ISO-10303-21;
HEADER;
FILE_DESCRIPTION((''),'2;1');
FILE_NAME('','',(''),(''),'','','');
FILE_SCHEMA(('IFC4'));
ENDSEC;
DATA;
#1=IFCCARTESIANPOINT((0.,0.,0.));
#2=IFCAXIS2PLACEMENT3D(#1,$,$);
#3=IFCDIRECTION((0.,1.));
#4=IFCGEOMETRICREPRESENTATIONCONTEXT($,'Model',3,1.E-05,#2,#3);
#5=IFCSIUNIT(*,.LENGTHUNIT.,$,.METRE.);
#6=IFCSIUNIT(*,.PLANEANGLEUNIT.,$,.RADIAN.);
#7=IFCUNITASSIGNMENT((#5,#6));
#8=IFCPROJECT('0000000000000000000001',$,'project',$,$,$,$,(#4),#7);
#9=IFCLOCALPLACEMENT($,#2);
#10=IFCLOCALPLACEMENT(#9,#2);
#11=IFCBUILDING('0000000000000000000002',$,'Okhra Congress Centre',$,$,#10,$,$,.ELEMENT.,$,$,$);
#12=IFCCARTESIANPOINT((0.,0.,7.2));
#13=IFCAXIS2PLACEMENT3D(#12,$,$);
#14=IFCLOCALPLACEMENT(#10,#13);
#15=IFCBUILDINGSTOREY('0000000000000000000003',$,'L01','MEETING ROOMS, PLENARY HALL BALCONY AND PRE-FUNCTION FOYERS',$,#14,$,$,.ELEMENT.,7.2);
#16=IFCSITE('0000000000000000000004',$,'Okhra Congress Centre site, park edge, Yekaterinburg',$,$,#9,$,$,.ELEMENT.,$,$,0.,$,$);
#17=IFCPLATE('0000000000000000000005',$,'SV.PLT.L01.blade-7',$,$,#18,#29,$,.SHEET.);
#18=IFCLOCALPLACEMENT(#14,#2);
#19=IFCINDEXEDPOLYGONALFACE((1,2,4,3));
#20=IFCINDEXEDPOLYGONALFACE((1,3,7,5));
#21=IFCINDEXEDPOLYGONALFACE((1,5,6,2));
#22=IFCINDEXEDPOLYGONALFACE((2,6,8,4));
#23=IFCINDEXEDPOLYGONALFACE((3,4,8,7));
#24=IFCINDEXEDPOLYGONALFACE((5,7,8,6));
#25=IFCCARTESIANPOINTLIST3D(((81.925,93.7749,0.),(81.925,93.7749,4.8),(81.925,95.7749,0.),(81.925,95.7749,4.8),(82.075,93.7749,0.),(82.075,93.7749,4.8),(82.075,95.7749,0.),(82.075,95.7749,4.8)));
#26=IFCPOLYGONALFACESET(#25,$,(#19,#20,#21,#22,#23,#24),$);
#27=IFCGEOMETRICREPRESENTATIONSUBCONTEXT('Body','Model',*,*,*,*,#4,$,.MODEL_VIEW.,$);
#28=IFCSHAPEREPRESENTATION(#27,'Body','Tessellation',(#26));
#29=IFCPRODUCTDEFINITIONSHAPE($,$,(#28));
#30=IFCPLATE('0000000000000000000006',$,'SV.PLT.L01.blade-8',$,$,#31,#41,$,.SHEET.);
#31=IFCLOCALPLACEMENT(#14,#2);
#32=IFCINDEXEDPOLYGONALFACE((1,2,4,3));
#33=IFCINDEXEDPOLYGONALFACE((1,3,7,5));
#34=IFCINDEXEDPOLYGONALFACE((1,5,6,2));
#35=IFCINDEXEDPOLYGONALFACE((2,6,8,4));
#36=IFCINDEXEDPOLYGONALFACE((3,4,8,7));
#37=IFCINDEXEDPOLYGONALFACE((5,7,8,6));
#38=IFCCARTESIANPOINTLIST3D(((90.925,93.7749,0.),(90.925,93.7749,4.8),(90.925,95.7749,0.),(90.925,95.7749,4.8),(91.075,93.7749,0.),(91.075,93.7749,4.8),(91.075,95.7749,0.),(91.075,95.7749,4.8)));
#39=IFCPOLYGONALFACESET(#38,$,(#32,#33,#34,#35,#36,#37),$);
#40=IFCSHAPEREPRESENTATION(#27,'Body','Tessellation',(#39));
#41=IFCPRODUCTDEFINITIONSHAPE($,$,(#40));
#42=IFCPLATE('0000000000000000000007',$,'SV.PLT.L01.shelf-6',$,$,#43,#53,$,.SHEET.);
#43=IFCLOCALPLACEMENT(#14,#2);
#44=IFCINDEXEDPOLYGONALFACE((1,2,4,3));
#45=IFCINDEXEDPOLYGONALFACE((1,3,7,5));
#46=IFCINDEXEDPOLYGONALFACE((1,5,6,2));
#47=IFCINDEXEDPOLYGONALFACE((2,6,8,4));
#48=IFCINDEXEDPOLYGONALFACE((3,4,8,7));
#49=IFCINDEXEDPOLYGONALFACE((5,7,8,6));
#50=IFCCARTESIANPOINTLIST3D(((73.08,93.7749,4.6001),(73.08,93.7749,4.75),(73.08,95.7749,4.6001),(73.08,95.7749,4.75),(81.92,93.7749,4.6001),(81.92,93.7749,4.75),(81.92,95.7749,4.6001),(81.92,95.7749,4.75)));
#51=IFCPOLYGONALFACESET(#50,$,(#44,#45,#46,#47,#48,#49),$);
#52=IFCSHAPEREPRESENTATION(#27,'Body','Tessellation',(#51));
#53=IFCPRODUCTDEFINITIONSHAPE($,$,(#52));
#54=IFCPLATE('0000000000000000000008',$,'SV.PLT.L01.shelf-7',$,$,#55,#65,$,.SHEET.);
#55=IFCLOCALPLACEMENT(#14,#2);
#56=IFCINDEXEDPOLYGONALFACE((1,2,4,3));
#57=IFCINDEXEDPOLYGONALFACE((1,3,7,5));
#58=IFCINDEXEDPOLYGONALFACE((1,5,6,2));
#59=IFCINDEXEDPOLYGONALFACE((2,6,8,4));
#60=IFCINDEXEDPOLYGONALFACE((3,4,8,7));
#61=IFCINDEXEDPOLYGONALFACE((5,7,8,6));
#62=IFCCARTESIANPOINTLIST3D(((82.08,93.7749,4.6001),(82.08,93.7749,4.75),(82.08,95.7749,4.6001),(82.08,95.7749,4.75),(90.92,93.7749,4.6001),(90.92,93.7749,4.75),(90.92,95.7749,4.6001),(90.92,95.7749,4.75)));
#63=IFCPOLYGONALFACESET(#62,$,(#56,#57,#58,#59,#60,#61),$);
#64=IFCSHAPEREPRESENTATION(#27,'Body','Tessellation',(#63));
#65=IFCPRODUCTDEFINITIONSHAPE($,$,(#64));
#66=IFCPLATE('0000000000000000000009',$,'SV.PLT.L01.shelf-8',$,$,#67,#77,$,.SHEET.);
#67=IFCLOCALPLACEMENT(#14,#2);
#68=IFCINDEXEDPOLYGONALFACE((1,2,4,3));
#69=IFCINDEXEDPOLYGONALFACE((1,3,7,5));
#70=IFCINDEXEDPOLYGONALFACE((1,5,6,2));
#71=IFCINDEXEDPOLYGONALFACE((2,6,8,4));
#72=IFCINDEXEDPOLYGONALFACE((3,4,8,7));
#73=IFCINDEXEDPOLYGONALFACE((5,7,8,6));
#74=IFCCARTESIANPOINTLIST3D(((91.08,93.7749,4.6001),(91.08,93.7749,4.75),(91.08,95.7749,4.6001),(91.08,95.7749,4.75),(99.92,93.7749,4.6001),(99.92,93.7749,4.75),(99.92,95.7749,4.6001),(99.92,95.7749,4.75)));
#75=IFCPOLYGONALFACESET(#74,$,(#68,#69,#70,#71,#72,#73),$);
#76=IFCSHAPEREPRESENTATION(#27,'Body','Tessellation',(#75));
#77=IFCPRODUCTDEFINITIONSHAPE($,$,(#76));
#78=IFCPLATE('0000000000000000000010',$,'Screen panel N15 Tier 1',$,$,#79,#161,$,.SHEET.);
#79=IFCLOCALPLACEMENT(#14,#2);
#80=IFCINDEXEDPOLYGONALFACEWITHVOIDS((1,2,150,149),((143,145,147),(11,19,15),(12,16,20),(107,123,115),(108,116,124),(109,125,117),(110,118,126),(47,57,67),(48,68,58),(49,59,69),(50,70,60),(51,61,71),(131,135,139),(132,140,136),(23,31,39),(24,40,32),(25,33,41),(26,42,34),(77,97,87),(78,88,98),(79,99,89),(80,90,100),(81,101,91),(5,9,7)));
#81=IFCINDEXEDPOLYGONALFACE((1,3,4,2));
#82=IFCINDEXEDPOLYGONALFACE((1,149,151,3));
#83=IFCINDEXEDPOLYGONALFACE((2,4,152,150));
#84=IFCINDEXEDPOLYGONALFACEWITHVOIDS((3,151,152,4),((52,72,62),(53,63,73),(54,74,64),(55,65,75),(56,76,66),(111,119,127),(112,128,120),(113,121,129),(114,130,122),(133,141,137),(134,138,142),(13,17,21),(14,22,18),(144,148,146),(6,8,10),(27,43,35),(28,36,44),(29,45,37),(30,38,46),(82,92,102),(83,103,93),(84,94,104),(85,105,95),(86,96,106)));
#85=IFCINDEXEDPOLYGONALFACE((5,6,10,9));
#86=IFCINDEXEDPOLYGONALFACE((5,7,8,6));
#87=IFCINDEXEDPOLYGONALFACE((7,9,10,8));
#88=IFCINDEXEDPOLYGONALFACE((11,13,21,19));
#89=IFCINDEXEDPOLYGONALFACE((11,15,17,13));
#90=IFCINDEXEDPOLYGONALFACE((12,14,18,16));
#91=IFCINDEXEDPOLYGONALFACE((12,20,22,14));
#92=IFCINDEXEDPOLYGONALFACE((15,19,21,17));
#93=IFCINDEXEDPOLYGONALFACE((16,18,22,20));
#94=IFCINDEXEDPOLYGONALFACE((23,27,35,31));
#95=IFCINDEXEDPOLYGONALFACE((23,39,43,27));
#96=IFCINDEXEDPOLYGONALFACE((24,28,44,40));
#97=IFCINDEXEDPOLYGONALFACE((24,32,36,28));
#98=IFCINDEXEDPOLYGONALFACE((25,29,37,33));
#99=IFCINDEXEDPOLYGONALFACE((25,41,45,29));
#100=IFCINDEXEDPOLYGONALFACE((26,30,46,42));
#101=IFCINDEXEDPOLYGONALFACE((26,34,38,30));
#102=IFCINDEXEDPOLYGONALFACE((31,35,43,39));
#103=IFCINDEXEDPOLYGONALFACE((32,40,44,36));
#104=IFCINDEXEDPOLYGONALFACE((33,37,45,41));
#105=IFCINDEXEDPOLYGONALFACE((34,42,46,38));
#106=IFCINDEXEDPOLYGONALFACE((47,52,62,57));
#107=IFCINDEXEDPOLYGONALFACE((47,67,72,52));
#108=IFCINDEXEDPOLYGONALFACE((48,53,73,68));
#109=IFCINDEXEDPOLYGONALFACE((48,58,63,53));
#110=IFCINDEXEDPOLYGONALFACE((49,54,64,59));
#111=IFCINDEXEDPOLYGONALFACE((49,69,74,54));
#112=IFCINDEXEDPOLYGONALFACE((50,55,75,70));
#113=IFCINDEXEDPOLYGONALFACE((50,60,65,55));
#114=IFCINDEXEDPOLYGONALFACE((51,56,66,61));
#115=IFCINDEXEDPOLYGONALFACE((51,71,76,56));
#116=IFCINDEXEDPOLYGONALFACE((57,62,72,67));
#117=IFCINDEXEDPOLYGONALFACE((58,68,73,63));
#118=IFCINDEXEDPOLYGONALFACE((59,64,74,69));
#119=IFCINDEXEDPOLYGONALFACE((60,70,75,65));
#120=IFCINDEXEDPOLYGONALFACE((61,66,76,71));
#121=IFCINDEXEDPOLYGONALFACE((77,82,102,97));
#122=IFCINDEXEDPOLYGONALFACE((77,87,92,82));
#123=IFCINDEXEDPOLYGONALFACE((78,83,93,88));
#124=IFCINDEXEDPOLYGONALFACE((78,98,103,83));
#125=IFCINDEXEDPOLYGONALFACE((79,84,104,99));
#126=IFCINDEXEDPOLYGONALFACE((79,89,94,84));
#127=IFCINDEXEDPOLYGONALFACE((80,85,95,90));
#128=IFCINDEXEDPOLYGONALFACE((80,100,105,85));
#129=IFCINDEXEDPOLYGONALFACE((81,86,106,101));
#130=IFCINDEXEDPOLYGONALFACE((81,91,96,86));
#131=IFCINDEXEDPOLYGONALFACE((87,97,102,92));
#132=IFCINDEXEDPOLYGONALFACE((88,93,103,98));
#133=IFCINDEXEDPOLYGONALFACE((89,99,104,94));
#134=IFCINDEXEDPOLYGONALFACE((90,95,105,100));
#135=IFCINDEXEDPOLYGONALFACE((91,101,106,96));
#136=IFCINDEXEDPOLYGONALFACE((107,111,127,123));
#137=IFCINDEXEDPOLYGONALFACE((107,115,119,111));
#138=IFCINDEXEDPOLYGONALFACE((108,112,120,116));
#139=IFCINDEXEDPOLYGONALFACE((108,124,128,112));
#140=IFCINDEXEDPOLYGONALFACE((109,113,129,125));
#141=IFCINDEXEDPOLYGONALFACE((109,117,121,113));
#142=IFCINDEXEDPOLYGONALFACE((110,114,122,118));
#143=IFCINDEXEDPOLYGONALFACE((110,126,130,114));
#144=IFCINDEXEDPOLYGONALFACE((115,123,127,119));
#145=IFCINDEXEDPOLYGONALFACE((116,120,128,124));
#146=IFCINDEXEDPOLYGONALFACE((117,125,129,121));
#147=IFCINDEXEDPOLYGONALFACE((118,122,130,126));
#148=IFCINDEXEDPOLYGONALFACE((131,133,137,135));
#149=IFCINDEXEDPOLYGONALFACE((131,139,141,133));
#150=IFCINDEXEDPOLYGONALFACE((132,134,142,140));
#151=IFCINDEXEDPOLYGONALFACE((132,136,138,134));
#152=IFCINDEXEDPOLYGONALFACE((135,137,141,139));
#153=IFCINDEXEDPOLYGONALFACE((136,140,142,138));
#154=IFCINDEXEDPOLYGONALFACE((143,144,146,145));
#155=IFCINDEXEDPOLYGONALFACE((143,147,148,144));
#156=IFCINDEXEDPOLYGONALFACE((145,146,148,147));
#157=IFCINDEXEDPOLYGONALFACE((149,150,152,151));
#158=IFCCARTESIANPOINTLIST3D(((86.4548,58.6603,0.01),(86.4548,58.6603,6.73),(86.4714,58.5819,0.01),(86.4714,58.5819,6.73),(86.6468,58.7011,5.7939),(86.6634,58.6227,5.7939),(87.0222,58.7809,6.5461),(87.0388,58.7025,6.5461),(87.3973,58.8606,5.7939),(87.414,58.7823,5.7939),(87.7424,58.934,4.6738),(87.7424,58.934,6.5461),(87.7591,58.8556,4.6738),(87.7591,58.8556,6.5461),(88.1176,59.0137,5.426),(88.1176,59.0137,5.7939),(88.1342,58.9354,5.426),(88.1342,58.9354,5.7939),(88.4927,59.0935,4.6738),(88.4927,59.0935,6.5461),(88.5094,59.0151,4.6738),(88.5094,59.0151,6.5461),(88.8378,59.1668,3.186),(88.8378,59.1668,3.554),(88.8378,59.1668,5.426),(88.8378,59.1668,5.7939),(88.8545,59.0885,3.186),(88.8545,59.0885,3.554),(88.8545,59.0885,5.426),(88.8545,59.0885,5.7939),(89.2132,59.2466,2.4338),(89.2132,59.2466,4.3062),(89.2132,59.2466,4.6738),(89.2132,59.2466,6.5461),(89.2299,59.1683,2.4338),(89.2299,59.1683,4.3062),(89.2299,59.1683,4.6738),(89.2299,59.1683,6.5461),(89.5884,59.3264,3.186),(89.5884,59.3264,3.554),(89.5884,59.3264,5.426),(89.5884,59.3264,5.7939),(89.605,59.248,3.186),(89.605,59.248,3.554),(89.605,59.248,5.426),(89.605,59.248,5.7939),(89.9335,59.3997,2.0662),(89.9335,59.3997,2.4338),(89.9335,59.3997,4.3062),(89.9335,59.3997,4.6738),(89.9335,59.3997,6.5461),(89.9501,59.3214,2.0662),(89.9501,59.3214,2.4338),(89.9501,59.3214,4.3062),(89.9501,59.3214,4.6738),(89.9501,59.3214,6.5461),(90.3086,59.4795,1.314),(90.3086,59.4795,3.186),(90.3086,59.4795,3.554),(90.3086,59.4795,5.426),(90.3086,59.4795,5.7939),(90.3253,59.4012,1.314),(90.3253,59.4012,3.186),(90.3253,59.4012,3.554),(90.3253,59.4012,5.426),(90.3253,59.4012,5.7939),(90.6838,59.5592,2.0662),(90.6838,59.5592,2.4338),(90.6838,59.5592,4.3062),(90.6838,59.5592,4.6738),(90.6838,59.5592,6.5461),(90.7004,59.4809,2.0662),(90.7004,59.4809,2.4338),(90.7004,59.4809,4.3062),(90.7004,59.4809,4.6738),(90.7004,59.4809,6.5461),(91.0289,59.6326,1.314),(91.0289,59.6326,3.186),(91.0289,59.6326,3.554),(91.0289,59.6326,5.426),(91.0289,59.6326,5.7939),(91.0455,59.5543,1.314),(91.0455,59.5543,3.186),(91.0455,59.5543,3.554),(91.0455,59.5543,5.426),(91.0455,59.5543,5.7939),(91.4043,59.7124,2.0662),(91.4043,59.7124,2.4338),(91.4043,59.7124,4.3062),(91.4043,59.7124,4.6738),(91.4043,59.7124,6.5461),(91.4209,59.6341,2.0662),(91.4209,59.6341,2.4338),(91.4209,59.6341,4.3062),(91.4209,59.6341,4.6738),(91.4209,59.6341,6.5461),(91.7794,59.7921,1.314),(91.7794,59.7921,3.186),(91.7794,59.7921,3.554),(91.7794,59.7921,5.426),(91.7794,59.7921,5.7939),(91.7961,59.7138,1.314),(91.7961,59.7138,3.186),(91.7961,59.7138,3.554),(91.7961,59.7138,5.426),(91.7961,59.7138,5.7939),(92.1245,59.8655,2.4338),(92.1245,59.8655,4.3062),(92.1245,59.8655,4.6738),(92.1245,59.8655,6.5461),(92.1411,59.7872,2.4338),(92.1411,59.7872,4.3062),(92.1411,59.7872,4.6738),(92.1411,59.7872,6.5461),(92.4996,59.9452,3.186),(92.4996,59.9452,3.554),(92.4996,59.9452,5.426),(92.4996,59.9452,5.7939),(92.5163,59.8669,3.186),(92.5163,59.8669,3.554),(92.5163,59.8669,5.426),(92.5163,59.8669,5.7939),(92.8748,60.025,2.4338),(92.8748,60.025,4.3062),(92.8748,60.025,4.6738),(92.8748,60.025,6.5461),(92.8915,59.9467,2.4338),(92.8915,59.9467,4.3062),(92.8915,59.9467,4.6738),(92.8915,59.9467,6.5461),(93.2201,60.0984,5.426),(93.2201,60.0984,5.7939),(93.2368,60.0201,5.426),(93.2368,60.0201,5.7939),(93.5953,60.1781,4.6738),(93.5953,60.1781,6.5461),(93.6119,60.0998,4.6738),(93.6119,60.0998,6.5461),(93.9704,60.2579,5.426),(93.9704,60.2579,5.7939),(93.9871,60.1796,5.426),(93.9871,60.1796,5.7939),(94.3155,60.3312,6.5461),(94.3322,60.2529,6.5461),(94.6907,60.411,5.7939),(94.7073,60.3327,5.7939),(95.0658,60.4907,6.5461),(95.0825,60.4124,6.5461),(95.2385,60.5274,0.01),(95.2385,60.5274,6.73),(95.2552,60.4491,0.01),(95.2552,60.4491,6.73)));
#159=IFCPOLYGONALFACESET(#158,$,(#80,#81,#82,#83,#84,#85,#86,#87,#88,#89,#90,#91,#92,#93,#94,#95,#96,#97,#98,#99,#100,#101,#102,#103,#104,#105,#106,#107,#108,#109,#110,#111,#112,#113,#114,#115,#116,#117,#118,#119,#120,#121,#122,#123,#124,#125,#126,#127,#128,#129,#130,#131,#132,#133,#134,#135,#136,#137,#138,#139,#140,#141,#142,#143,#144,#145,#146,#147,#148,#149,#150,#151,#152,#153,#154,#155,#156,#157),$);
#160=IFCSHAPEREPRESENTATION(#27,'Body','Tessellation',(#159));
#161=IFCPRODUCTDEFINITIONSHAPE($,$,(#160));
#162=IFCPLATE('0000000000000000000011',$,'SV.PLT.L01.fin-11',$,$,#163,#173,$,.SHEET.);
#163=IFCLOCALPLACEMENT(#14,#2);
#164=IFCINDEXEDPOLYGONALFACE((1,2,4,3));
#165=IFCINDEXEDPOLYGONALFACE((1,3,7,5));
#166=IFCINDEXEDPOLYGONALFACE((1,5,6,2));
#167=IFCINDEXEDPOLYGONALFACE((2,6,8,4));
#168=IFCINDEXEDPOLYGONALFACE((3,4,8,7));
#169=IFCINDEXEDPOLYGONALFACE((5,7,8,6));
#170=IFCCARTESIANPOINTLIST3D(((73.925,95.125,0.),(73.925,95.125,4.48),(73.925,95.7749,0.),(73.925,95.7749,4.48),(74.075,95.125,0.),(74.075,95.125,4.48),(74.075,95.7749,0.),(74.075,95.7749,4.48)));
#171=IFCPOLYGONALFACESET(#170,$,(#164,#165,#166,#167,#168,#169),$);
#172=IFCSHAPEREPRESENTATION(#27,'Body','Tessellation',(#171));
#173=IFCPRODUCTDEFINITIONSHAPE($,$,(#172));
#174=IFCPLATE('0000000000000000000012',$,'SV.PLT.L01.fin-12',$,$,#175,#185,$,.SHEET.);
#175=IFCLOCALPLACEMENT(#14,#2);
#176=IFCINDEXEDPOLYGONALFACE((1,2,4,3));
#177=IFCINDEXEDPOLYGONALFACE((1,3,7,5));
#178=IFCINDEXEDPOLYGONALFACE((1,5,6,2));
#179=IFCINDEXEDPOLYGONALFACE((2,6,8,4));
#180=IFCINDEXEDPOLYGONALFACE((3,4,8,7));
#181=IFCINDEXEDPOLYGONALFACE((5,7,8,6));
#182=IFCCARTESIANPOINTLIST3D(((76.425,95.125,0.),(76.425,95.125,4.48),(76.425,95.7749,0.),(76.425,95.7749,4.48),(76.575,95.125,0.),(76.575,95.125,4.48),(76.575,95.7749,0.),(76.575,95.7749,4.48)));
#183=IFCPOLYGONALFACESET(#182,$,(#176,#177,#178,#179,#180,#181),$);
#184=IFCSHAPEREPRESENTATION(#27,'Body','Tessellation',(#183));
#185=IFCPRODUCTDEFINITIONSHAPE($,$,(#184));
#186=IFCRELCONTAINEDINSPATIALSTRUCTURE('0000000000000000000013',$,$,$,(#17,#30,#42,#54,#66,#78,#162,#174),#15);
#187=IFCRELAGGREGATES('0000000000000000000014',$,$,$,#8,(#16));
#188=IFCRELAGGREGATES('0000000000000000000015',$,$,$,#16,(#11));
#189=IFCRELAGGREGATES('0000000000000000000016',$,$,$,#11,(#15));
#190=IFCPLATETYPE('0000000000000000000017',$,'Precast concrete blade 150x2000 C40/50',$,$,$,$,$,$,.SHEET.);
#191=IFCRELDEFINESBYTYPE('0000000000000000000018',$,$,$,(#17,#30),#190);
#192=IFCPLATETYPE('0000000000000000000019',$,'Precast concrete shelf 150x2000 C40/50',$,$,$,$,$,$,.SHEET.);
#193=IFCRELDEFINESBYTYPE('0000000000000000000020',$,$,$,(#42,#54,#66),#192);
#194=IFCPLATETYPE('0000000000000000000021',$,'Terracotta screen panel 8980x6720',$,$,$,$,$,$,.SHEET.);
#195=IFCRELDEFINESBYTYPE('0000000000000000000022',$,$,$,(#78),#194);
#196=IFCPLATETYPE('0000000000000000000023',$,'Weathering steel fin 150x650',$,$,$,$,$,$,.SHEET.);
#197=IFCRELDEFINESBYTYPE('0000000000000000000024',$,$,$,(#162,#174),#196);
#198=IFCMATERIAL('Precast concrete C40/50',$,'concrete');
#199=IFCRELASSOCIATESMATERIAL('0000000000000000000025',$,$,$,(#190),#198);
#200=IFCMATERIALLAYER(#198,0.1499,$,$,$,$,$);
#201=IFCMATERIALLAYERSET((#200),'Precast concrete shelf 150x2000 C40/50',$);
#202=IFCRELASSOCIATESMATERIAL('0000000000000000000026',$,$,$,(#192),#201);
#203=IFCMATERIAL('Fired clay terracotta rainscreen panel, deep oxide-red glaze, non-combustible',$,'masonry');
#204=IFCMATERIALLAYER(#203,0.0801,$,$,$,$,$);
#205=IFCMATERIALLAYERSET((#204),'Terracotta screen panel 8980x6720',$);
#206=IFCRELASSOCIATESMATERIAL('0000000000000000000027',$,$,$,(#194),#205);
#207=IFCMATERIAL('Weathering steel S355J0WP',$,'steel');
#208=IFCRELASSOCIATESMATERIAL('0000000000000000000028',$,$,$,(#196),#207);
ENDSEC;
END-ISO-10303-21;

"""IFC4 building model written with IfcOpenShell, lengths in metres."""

from ifc_helpers import new_model, si_unit, direction, frame, origin, origin_2d, place, context, subcontext, project, spatial, polyline, rectangle, outline, extrude, material, layer, layer_set, type_object, element, save


model = new_model("IFC4")

# Units and contexts
model_context = context("Model", 3, precision=1e-05, world=origin(), true_north=direction((0.0, 1.0)))
body_context = subcontext(model_context, "Body", "Model", "MODEL_VIEW")
ifc_project = project(units=[si_unit("LENGTHUNIT", "METRE"), si_unit("PLANEANGLEUNIT", "RADIAN")], contexts=[model_context])

# Site, building, storey
site_placement = place(None, origin())
site = spatial("IfcSite", under=ifc_project, at=site_placement, Name="Okhra Congress Centre site, park edge, Yekaterinburg", CompositionType="ELEMENT", RefElevation=0.0)
building_placement = place(site_placement, origin())
building = spatial("IfcBuilding", under=site, at=building_placement, Name="Okhra Congress Centre", CompositionType="ELEMENT")
storey_placement = place(building_placement, frame((0.0, 0.0, 7.2)))
storey = spatial("IfcBuildingStorey", under=building, at=storey_placement, Name="L01", Description="MEETING ROOMS, PLENARY HALL BALCONY AND PRE-FUNCTION FOYERS", CompositionType="ELEMENT", Elevation=7.2)

# Plates
ifc_material_1 = material(Name="Precast concrete C40/50", Category="concrete")
plate_type_1 = type_object("IfcPlateType", Name="Precast concrete blade 150x2000 C40/50", PredefinedType="SHEET", material=ifc_material_1)
for number, where, z_axis, x_axis, name in (
    (1, (82.0, 94.7749, 0.0), (0.0, 0.0, 1.0), (1.0, 0.0, 0.0), "SV.PLT.L01.blade-7"),
    (2, (91.0, 94.7749, 0.0), (0.0, 0.0, 1.0), (1.0, 0.0, 0.0), "SV.PLT.L01.blade-8"),
):
    element("IfcPlate", number, at=place(storey_placement, frame(where, z_axis=z_axis, x_axis=x_axis)), inside=storey, type_object=plate_type_1, Name=name, PredefinedType="SHEET", context=body_context, shape_type="SweptSolid", body=[
        extrude(rectangle(XDim=0.1499, YDim=2.0, at=origin_2d()), origin(), (0.0, 0.0, 1.0), 4.8),
    ])
ifc_layer_1 = layer(ifc_material_1, 0.1499)
ifc_layer_set_1 = layer_set([ifc_layer_1], Name="Precast concrete shelf 150x2000 C40/50")
plate_type_2 = type_object("IfcPlateType", Name="Precast concrete shelf 150x2000 C40/50", PredefinedType="SHEET", material=ifc_layer_set_1)
for number, where, z_axis, x_axis, name in (
    (3, (77.5, 94.7749, 4.6001), (0.0, 0.0, 1.0), (1.0, 0.0, 0.0), "SV.PLT.L01.shelf-6"),
    (4, (86.5, 94.7749, 4.6001), (0.0, 0.0, 1.0), (1.0, 0.0, 0.0), "SV.PLT.L01.shelf-7"),
    (5, (95.5, 94.7749, 4.6001), (0.0, 0.0, 1.0), (1.0, 0.0, 0.0), "SV.PLT.L01.shelf-8"),
):
    element("IfcPlate", number, at=place(storey_placement, frame(where, z_axis=z_axis, x_axis=x_axis)), inside=storey, type_object=plate_type_2, Name=name, PredefinedType="SHEET", context=body_context, shape_type="SweptSolid", body=[
        extrude(rectangle(XDim=8.8401, YDim=2.0, at=origin_2d()), origin(), (0.0, 0.0, 1.0), 0.1499),
    ])
ifc_material_2 = material(Name="Fired clay terracotta rainscreen panel, deep oxide-red glaze, non-combustible", Category="masonry")
ifc_layer_2 = layer(ifc_material_2, 0.0801)
ifc_layer_set_2 = layer_set([ifc_layer_2], Name="Terracotta screen panel 8980x6720")
plate_type_3 = type_object("IfcPlateType", Name="Terracotta screen panel 8980x6720", PredefinedType="SHEET", material=ifc_layer_set_2)
plate_1_placement = place(storey_placement, frame((95.2468, 60.4883, 0.01), z_axis=(0.0, 0.0, 1.0), x_axis=(-0.978144, -0.207928, 0.0)))
element("IfcPlate", 6, at=plate_1_placement, inside=storey, type_object=plate_type_3, Name="Screen panel N15 Tier 1", PredefinedType="SHEET", context=body_context, shape_type="SweptSolid", body=[
    extrude(outline(polyline([(0.0, 0.0), (8.98, 0.0), (8.98, 6.72), (0.0, 6.72), (0.0, 0.0)]), holes=[polyline([(3.5364, 1.304), (4.3037, 1.304), (3.9199, 2.0562), (3.5364, 1.304)]), polyline([(4.6565, 2.0562), (5.04, 1.304), (5.4236, 2.0562), (4.6565, 2.0562)]), polyline([(2.4165, 2.4238), (3.1836, 2.4238), (2.8, 3.176), (2.4165, 2.4238)]), polyline([(3.5364, 3.176), (3.9199, 2.4238), (4.3037, 3.176), (3.5364, 3.176)]), polyline([(4.6565, 2.4238), (5.4236, 2.4238), (5.04, 3.176), (4.6565, 2.4238)]), polyline([(5.7764, 3.176), (6.1599, 2.4238), (6.5437, 3.176), (5.7764, 3.176)]), polyline([(2.4165, 4.2961), (2.8, 3.5439), (3.1836, 4.2961), (2.4165, 4.2961)]), polyline([(3.5364, 3.5439), (4.3037, 3.5439), (3.9199, 4.2961), (3.5364, 3.5439)]), polyline([(4.6565, 4.2961), (5.04, 3.5439), (5.4236, 4.2961), (4.6565, 4.2961)]), polyline([(5.7764, 3.5439), (6.5437, 3.5439), (6.1599, 4.2961), (5.7764, 3.5439)]), polyline([(1.2964, 5.416), (1.6799, 4.6638), (2.0635, 5.416), (1.2964, 5.416)]), polyline([(2.4165, 4.6638), (3.1836, 4.6638), (2.8, 5.416), (2.4165, 4.6638)]), polyline([(3.5364, 5.416), (3.9199, 4.6638), (4.3037, 5.416), (3.5364, 5.416)]), polyline([(4.6565, 4.6638), (5.4236, 4.6638), (5.04, 5.416), (4.6565, 4.6638)]), polyline([(5.7764, 5.416), (6.1599, 4.6638), (6.5437, 5.416), (5.7764, 5.416)]), polyline([(6.8965, 4.6638), (7.6636, 4.6638), (7.28, 5.416), (6.8965, 4.6638)]), polyline([(0.1765, 6.5361), (0.5601, 5.7839), (0.9436, 6.5361), (0.1765, 6.5361)]), polyline([(1.2964, 5.7839), (2.0635, 5.7839), (1.6799, 6.5361), (1.2964, 5.7839)]), polyline([(2.4165, 6.5361), (2.8, 5.7839), (3.1836, 6.5361), (2.4165, 6.5361)]), polyline([(3.5364, 5.7839), (4.3037, 5.7839), (3.9199, 6.5361), (3.5364, 5.7839)]), polyline([(4.6565, 6.5361), (5.04, 5.7839), (5.4236, 6.5361), (4.6565, 6.5361)]), polyline([(5.7764, 5.7839), (6.5437, 5.7839), (6.1599, 6.5361), (5.7764, 5.7839)]), polyline([(6.8965, 6.5361), (7.28, 5.7839), (7.6636, 6.5361), (6.8965, 6.5361)]), polyline([(8.0164, 5.7839), (8.7837, 5.7839), (8.3999, 6.5361), (8.0164, 5.7839)])]), frame((0.0, 0.04, 0.0), z_axis=(0.0, -1.0, 0.0), x_axis=(1.0, 0.0, 0.0)), (0.0, 0.0, 1.0), 0.0801),
])
ifc_material_3 = material(Name="Weathering steel S355J0WP", Category="steel")
plate_type_4 = type_object("IfcPlateType", Name="Weathering steel fin 150x650", PredefinedType="SHEET", material=ifc_material_3)
for number, where, z_axis, x_axis, name in (
    (7, (74.0, 95.45, 0.0), (0.0, 0.0, 1.0), (1.0, 0.0, 0.0), "SV.PLT.L01.fin-11"),
    (8, (76.5, 95.45, 0.0), (0.0, 0.0, 1.0), (1.0, 0.0, 0.0), "SV.PLT.L01.fin-12"),
):
    element("IfcPlate", number, at=place(storey_placement, frame(where, z_axis=z_axis, x_axis=x_axis)), inside=storey, type_object=plate_type_4, Name=name, PredefinedType="SHEET", context=body_context, shape_type="SweptSolid", body=[
        extrude(rectangle(XDim=0.1499, YDim=0.6499, at=origin_2d()), origin(), (0.0, 0.0, 1.0), 4.48),
    ])

save(model, "model.ifc")
